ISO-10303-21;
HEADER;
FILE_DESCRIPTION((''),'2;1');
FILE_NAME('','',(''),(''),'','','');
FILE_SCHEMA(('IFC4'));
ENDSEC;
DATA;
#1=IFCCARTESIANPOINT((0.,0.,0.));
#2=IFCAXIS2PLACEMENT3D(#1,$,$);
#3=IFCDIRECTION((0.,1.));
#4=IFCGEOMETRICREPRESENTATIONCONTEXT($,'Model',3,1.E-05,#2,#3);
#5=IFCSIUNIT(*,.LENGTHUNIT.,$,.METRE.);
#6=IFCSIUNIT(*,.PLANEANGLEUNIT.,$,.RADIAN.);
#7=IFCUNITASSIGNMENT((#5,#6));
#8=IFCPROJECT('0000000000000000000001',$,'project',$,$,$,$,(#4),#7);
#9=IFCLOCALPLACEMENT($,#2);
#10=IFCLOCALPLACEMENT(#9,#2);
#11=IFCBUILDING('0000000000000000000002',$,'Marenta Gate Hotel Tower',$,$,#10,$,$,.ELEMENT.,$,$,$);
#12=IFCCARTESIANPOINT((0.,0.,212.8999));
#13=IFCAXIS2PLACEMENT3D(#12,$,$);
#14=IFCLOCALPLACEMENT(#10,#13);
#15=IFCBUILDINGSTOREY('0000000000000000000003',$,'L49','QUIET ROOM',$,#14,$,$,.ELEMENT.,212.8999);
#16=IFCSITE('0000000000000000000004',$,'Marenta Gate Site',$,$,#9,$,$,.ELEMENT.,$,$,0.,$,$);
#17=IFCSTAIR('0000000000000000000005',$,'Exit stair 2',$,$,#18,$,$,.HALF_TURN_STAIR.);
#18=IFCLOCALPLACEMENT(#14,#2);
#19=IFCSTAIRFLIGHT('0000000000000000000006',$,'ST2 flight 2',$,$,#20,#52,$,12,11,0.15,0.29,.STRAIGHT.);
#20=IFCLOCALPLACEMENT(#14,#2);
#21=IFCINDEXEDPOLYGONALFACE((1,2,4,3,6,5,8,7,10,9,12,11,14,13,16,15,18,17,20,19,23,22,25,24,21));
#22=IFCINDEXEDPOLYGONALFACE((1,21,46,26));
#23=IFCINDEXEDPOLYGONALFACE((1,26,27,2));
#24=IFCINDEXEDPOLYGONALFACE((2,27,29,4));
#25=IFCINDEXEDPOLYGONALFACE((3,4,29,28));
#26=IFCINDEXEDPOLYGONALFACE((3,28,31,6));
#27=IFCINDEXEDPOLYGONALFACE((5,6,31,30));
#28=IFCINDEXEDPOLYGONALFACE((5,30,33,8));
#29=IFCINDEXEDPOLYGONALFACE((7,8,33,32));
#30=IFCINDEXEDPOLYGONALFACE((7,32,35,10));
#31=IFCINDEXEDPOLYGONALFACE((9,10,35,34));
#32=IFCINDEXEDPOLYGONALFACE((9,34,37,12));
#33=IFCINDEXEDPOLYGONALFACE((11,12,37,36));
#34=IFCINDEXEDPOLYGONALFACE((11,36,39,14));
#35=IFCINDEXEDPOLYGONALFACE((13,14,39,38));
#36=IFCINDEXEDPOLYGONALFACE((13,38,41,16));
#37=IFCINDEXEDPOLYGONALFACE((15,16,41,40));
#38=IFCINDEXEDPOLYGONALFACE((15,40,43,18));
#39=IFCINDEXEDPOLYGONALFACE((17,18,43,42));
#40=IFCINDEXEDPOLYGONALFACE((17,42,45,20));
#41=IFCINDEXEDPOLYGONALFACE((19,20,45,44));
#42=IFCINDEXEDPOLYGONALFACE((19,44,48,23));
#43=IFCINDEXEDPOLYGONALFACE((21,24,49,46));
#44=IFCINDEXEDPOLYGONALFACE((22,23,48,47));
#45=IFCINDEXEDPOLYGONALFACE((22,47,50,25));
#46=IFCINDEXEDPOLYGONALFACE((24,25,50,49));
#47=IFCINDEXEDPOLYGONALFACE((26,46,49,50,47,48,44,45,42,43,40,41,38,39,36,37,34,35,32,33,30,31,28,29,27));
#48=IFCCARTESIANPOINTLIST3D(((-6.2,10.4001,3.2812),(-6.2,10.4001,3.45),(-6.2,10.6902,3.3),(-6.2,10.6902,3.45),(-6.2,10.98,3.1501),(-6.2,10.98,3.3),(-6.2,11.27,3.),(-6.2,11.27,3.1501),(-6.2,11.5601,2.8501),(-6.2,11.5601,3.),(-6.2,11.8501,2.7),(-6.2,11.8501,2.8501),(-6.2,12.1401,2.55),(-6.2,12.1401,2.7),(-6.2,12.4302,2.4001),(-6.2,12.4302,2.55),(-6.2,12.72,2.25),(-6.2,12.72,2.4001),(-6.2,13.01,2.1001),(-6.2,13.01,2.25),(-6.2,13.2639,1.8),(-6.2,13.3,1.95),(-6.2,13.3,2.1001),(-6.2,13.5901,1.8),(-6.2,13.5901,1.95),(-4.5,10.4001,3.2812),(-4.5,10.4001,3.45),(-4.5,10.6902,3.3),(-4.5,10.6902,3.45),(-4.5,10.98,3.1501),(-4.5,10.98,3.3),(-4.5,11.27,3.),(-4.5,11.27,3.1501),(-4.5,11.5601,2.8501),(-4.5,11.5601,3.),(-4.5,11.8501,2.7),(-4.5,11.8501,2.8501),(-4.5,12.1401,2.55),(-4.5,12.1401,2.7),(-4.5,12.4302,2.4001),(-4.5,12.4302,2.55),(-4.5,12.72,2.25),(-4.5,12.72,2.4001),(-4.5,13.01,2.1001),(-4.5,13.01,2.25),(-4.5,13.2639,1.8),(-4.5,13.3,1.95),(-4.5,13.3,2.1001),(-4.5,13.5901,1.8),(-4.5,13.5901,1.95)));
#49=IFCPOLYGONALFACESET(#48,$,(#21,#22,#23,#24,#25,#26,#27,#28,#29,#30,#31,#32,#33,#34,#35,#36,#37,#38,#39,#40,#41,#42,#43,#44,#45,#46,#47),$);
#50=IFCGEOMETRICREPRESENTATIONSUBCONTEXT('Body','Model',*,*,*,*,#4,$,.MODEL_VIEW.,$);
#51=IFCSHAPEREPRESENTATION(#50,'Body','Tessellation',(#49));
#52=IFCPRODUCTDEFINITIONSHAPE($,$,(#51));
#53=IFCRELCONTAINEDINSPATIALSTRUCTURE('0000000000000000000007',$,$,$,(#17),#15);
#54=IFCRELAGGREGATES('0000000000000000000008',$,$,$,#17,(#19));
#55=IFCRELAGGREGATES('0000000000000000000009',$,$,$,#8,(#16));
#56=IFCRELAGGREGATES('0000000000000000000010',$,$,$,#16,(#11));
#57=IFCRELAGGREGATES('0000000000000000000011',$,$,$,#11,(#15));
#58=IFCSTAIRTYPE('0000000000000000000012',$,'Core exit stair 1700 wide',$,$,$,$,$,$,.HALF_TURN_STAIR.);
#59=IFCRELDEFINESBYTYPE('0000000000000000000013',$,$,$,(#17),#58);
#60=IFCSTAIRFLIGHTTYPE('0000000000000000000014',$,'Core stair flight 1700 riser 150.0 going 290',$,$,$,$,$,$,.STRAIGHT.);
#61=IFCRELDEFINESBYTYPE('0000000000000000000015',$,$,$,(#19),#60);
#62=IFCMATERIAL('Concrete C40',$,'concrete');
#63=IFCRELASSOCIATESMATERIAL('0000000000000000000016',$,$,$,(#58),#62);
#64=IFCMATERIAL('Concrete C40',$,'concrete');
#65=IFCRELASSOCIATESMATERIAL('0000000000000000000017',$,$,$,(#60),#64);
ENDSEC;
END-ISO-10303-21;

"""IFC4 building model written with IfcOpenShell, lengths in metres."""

from ifc_helpers import new_model, si_unit, direction, frame, origin, place, context, subcontext, project, spatial, polyline, outline, extrude, material, type_object, element, aggregate, save


model = new_model("IFC4")

# Units and contexts
model_context = context("Model", 3, precision=1e-05, world=origin(), true_north=direction((0.0, 1.0)))
body_context = subcontext(model_context, "Body", "Model", "MODEL_VIEW")
ifc_project = project(units=[si_unit("LENGTHUNIT", "METRE"), si_unit("PLANEANGLEUNIT", "RADIAN")], contexts=[model_context])

# Site, building, storey
site_placement = place(None, origin())
site = spatial("IfcSite", under=ifc_project, at=site_placement, Name="Marenta Gate Site", CompositionType="ELEMENT", RefElevation=0.0)
building_placement = place(site_placement, origin())
building = spatial("IfcBuilding", under=site, at=building_placement, Name="Marenta Gate Hotel Tower", CompositionType="ELEMENT")
storey_placement = place(building_placement, frame((0.0, 0.0, 212.8999)))
storey = spatial("IfcBuildingStorey", under=building, at=storey_placement, Name="L49", Description="QUIET ROOM", CompositionType="ELEMENT", Elevation=212.8999)

# Stair, stair flight
ifc_material_1 = material(Name="Concrete C40", Category="concrete")
stair_type = type_object("IfcStairType", Name="Core exit stair 1700 wide", PredefinedType="HALF_TURN_STAIR", material=ifc_material_1)
stair_placement = place(storey_placement, origin())
stair = element("IfcStair", 1, at=stair_placement, inside=storey, type_object=stair_type, Name="Exit stair 2", PredefinedType="HALF_TURN_STAIR")
ifc_material_2 = material(Name="Concrete C40", Category="concrete")
stair_flight_type = type_object("IfcStairFlightType", Name="Core stair flight 1700 riser 150.0 going 290", PredefinedType="STRAIGHT", material=ifc_material_2)
stair_flight_1_placement = place(storey_placement, frame((-5.3501, 13.5901, 1.8), z_axis=(0.0, 0.0, 1.0), x_axis=(0.0, -1.0, 0.0)))
stair_flight_1 = element("IfcStairFlight", 2, at=stair_flight_1_placement, type_object=stair_flight_type, Name="ST2 flight 2", NumberOfRisers=12, NumberOfTreads=11, PredefinedType="STRAIGHT", RiserHeight=0.15, TreadLength=0.29, context=body_context, shape_type="SweptSolid", body=[
    extrude(outline(polyline([(0.0, 0.0), (0.0, 0.1499), (0.29, 0.1499), (0.29, 0.3), (0.5801, 0.3), (0.5801, 0.45), (0.8701, 0.45), (0.8701, 0.6001), (1.1599, 0.6001), (1.1599, 0.75), (1.45, 0.75), (1.45, 0.8999), (1.74, 0.8999), (1.74, 1.05), (2.03, 1.05), (2.03, 1.2), (2.3201, 1.2), (2.3201, 1.3501), (2.6101, 1.3501), (2.6101, 1.5), (2.8999, 1.5), (2.8999, 1.6499), (3.1899, 1.6499), (3.1899, 1.8), (3.1899, 1.4812), (0.3262, 0.0), (0.0, 0.0)])), frame((0.0, 0.8501, 0.0), z_axis=(0.0, -1.0, 0.0), x_axis=(1.0, 0.0, 0.0)), (0.0, 0.0, 1.0), 1.7),
])
aggregate(stair, [stair_flight_1])

save(model, "model.ifc")
